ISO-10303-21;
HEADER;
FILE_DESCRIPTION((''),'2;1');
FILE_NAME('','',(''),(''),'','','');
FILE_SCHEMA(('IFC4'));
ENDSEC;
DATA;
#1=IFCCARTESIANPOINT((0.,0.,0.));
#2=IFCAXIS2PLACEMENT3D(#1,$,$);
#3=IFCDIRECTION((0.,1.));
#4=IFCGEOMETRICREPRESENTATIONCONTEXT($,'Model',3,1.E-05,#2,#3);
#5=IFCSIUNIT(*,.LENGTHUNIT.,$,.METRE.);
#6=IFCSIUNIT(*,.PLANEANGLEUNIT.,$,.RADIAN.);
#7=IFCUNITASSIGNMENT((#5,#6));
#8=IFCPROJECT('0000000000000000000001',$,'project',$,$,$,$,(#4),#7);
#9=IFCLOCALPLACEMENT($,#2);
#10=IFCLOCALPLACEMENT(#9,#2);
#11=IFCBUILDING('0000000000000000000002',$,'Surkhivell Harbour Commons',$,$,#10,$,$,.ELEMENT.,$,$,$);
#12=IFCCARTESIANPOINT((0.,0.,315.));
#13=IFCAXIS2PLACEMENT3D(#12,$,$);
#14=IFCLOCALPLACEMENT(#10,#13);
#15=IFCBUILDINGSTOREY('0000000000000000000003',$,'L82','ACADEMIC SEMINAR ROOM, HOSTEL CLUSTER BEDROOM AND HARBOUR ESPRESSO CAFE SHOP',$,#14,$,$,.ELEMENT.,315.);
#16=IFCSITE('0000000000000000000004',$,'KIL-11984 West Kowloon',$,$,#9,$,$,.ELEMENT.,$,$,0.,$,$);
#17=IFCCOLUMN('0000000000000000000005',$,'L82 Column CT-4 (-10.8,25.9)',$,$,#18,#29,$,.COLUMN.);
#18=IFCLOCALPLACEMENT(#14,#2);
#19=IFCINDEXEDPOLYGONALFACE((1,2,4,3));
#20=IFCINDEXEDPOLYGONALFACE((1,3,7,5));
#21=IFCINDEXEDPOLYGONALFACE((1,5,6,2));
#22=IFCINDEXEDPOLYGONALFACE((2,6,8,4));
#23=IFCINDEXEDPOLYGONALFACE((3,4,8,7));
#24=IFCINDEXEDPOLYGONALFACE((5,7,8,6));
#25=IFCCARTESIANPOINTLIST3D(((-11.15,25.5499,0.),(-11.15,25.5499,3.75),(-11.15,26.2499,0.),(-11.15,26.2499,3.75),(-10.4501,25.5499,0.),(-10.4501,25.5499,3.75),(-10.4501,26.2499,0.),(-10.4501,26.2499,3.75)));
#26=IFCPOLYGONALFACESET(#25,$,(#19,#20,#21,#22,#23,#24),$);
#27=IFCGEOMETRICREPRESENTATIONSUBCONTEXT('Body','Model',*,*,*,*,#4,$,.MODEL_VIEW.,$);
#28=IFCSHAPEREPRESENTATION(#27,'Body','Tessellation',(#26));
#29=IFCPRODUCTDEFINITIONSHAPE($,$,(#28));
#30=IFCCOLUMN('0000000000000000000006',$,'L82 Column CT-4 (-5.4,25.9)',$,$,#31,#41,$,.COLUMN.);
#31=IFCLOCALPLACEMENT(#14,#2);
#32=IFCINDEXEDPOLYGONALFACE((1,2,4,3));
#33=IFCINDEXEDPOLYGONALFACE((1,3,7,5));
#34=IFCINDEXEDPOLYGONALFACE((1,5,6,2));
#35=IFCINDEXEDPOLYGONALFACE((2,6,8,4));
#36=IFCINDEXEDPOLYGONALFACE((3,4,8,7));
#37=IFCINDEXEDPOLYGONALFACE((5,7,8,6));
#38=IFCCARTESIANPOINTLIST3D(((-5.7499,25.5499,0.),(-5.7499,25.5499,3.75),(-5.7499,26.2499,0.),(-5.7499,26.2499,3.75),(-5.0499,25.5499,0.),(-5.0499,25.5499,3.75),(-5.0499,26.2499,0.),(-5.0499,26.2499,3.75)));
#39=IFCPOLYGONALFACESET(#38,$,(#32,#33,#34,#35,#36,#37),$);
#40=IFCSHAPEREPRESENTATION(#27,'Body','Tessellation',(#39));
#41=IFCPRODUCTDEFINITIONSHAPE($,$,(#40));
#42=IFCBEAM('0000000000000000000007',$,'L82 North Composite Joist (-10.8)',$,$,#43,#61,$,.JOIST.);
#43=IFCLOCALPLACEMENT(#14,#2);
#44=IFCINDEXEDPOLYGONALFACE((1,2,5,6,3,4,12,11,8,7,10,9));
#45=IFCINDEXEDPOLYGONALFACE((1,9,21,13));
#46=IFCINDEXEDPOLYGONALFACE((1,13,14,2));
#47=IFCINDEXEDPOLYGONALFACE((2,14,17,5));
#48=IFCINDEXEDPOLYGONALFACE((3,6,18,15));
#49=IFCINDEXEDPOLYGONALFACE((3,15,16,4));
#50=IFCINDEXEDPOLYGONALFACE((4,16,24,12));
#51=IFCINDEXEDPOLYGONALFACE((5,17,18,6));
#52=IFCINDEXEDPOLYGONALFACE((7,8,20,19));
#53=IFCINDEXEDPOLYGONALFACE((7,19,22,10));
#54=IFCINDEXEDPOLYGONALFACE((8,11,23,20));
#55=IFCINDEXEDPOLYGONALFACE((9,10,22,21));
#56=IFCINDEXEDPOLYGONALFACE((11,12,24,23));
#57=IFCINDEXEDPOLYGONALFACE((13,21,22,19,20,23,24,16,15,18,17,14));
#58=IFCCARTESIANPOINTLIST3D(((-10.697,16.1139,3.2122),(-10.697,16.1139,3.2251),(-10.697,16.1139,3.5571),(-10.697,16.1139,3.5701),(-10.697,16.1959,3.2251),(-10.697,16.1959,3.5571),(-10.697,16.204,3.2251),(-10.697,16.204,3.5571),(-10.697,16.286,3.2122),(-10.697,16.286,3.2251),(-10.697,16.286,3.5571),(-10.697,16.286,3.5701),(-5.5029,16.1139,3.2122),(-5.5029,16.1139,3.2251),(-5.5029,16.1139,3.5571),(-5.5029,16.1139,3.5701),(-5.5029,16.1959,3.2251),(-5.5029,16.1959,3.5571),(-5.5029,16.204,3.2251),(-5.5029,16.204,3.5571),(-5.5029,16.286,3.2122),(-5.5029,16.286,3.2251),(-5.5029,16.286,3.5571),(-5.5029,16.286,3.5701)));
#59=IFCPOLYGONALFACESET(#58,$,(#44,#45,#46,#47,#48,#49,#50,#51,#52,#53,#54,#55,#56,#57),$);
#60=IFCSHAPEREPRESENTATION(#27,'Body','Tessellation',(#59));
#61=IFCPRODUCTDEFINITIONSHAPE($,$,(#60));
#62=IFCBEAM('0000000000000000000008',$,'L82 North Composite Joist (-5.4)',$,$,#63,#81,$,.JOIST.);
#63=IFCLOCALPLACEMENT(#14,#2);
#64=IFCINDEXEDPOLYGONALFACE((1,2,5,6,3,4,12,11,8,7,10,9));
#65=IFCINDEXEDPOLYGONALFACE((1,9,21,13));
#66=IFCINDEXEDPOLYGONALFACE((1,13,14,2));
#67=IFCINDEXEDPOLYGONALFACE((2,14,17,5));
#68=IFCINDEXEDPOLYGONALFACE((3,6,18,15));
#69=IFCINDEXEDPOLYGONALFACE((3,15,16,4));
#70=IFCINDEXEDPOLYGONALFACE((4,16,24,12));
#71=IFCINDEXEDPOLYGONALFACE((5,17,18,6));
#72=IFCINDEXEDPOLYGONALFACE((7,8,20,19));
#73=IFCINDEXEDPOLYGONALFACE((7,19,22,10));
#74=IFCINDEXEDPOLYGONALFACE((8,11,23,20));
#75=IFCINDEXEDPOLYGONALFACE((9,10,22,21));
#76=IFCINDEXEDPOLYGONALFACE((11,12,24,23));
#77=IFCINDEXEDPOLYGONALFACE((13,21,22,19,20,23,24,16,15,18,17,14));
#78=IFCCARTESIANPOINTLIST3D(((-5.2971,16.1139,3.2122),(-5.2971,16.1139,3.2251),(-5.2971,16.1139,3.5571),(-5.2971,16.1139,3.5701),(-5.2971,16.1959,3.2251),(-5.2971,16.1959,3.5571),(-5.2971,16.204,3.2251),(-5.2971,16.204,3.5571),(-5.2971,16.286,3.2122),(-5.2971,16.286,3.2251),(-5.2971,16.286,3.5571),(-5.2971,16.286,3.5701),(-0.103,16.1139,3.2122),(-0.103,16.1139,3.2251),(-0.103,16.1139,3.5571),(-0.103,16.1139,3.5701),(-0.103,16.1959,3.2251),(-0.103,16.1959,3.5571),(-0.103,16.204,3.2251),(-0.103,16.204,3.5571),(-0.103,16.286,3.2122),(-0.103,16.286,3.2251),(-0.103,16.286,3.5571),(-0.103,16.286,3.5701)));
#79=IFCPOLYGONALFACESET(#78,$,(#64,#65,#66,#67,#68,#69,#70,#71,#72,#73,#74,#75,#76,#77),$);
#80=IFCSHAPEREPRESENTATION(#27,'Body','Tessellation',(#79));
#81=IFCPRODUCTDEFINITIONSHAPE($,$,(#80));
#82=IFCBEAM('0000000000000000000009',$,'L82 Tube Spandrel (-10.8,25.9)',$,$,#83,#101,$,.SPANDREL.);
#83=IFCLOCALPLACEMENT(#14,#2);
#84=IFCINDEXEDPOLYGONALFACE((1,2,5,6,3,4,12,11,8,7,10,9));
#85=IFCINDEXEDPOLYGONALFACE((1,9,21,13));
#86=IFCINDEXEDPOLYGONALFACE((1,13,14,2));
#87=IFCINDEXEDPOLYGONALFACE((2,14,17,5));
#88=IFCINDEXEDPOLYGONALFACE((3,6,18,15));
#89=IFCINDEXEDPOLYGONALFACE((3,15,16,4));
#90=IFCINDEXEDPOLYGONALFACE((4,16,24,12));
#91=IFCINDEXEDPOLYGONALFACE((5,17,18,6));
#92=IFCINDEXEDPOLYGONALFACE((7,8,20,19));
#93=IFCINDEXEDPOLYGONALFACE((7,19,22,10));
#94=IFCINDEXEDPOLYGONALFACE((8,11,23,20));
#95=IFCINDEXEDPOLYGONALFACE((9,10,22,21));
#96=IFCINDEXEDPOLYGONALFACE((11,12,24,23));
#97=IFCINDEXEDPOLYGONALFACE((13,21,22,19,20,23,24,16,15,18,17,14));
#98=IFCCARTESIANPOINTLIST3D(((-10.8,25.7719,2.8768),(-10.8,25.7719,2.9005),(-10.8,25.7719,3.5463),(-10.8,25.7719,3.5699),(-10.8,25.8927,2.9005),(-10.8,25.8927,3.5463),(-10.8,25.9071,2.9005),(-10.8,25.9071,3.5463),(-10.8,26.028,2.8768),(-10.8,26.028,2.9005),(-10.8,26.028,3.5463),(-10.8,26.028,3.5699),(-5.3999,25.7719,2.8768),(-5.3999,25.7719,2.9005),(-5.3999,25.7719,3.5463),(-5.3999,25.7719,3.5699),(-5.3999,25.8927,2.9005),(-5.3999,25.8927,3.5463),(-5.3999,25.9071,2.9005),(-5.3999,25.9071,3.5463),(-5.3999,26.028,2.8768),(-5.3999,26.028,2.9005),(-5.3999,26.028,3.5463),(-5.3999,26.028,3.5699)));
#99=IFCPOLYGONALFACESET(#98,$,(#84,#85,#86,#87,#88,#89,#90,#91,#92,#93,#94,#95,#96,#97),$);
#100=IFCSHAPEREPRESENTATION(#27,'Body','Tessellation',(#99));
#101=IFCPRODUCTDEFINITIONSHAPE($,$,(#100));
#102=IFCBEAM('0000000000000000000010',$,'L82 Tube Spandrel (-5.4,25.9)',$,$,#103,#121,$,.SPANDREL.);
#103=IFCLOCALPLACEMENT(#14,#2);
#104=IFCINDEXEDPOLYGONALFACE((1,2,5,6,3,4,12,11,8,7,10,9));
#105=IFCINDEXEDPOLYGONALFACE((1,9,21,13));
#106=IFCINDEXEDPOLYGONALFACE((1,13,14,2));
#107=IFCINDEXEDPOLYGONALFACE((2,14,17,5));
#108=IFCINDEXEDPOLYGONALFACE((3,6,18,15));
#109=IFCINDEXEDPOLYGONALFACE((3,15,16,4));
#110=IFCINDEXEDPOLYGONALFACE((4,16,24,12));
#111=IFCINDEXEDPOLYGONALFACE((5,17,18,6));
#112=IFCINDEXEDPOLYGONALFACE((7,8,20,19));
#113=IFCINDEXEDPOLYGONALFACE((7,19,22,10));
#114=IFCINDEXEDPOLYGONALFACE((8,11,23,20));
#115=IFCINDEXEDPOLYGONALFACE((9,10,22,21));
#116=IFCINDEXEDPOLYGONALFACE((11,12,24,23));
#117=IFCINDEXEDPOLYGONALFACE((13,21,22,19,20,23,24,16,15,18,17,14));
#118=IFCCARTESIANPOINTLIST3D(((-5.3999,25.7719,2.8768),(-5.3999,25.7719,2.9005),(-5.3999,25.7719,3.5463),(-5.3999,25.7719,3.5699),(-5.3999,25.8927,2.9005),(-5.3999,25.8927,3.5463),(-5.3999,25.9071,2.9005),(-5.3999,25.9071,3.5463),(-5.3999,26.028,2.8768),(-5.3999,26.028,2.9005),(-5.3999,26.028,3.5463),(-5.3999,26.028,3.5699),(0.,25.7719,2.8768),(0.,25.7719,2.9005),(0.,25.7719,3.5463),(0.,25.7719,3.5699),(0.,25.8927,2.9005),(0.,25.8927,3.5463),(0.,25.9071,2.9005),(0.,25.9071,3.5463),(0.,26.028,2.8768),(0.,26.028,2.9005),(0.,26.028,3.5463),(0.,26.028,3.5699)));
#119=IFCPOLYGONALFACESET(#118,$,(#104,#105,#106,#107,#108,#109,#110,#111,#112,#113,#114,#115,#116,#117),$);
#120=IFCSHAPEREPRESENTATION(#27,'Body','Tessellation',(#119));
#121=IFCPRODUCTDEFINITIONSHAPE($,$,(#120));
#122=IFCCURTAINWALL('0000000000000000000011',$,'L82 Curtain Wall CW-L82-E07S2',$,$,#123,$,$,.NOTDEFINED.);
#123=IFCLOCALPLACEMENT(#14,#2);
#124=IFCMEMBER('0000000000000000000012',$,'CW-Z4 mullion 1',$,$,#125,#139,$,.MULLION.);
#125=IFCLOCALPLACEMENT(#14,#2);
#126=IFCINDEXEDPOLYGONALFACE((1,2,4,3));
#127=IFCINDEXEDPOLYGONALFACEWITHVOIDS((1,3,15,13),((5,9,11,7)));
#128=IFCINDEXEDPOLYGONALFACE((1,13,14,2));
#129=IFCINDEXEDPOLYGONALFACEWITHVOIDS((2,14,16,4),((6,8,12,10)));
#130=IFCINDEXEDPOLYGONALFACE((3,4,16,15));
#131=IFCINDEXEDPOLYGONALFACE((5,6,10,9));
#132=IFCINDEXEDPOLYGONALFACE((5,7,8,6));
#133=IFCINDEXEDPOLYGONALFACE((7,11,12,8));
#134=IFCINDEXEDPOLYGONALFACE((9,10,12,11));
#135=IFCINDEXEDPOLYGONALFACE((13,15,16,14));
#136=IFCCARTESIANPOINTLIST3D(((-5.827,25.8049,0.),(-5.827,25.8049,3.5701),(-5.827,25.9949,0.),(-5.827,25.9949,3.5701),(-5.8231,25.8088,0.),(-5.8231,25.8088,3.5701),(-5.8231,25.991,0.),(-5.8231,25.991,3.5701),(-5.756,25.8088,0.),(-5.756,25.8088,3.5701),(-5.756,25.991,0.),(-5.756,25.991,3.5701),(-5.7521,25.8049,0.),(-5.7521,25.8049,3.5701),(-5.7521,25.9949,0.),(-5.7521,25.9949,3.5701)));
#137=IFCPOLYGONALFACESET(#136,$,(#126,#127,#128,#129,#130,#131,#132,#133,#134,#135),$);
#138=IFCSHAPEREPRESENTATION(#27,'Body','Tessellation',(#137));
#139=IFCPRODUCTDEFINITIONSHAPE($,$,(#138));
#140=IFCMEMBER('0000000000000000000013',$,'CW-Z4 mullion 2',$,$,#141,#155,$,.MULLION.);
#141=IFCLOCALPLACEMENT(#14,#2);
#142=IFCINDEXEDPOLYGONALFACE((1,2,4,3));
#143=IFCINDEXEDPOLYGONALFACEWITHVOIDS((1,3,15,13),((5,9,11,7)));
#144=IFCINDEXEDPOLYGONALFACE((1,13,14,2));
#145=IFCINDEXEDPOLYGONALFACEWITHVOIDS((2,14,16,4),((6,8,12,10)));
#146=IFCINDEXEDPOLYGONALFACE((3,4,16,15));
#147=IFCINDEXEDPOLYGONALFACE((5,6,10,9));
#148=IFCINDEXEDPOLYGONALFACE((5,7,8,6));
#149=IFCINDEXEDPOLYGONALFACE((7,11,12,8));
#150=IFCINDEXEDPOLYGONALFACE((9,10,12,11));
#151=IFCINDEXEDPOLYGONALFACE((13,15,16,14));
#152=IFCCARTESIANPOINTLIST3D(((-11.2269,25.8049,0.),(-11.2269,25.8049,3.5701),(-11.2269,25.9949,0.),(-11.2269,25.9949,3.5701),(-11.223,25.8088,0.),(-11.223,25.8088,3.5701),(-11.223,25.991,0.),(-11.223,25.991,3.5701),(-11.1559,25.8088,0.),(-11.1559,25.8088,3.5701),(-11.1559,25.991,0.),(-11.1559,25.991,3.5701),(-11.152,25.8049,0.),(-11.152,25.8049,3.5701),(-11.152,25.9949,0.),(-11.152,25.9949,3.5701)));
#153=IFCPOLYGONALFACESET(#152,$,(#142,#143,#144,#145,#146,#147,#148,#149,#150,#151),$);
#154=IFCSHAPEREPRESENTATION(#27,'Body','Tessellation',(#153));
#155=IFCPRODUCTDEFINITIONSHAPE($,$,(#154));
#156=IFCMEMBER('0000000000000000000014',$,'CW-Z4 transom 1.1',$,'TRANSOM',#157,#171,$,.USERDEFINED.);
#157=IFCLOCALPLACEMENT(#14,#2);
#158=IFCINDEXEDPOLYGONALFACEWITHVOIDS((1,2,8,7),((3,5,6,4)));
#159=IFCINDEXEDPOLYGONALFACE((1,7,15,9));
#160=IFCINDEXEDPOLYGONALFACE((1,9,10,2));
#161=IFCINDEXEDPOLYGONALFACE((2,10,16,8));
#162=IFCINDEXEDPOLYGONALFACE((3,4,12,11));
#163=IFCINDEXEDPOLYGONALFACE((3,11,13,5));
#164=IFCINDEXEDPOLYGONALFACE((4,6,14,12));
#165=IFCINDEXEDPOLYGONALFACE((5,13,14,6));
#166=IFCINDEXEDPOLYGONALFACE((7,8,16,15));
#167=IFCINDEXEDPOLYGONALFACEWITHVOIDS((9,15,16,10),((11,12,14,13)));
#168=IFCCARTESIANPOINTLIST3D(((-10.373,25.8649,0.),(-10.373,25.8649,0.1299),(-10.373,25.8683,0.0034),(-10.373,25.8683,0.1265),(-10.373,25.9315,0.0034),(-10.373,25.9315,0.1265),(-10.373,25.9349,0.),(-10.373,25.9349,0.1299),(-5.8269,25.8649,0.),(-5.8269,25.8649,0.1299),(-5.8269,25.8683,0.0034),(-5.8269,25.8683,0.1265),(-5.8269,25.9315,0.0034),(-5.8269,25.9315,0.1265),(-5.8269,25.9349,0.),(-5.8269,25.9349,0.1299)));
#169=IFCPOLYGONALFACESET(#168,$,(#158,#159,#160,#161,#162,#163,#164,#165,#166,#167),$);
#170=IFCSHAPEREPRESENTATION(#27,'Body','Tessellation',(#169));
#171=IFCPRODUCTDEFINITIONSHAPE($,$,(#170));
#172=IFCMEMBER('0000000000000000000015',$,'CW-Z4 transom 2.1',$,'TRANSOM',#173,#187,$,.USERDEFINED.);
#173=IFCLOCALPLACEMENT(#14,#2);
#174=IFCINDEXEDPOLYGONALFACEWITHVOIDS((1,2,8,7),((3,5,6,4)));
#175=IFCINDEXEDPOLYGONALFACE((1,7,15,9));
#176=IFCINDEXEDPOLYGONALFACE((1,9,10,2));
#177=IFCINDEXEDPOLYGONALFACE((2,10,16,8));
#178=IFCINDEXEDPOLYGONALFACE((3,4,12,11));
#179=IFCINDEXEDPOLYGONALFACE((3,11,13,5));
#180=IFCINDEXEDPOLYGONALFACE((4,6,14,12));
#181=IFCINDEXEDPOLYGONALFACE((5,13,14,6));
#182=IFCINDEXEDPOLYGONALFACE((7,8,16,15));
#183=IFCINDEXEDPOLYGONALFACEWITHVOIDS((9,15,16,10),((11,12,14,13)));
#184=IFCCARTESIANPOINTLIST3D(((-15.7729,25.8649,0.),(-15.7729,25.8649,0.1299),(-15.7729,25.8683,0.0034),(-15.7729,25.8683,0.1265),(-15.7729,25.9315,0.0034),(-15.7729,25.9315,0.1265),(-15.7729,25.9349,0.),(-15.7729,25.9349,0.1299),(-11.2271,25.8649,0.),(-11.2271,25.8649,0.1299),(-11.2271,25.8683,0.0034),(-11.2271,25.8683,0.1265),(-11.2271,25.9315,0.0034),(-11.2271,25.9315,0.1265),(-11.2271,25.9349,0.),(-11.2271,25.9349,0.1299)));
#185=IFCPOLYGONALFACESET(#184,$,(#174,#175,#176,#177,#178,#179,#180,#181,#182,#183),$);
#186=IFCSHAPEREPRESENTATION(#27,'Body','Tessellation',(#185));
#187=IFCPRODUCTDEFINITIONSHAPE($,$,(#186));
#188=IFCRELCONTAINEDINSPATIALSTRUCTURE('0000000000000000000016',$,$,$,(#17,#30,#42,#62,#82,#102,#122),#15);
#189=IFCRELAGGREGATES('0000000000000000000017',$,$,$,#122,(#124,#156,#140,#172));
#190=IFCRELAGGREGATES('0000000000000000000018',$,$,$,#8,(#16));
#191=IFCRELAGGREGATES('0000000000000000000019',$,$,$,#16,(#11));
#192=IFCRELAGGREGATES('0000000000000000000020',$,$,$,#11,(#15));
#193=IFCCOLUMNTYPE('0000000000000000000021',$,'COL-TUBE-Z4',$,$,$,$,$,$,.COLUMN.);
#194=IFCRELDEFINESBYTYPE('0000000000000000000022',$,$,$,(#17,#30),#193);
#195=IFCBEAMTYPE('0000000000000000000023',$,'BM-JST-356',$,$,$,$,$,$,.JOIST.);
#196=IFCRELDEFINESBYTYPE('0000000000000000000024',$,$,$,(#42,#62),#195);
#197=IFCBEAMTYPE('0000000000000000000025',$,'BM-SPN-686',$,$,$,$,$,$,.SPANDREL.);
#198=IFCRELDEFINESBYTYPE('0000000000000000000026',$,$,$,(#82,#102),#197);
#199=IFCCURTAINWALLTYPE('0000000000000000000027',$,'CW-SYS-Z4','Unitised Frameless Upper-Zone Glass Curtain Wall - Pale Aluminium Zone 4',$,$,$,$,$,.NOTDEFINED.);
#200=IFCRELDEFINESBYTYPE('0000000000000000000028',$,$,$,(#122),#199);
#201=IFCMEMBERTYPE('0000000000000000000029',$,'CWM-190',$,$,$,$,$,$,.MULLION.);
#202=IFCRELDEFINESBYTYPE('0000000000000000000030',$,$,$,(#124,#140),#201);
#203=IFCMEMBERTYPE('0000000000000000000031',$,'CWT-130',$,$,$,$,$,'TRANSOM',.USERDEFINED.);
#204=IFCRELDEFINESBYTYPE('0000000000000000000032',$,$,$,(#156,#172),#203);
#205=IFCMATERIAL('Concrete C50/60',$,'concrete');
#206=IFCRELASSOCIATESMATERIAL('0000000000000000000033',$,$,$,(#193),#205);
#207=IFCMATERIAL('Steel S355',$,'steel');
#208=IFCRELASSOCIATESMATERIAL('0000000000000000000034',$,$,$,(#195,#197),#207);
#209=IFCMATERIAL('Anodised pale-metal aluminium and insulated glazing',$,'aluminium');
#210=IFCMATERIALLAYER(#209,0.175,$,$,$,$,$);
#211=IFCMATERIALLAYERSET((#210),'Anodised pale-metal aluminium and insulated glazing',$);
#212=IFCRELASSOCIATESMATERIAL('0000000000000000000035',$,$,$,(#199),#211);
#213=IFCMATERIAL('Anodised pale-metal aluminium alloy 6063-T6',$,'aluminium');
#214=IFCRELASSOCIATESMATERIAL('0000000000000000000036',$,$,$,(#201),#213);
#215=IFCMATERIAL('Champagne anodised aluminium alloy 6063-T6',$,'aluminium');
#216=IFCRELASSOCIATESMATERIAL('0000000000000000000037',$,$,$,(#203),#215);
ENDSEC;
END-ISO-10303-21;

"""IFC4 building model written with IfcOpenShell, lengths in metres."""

from ifc_helpers import new_model, si_unit, direction, frame, origin, origin_2d, place, context, subcontext, project, spatial, rectangle, hollow_rectangle, i_section, extrude, material, layer, layer_set, material_profile, profile_set, type_object, element, aggregate, save


model = new_model("IFC4")

# Units and contexts
model_context = context("Model", 3, precision=1e-05, world=origin(), true_north=direction((0.0, 1.0)))
body_context = subcontext(model_context, "Body", "Model", "MODEL_VIEW")
ifc_project = project(units=[si_unit("LENGTHUNIT", "METRE"), si_unit("PLANEANGLEUNIT", "RADIAN")], contexts=[model_context])

# Site, building, storey
site_placement = place(None, origin())
site = spatial("IfcSite", under=ifc_project, at=site_placement, Name="KIL-11984 West Kowloon", CompositionType="ELEMENT", RefElevation=0.0)
building_placement = place(site_placement, origin())
building = spatial("IfcBuilding", under=site, at=building_placement, Name="Surkhivell Harbour Commons", CompositionType="ELEMENT")
storey_placement = place(building_placement, frame((0.0, 0.0, 315.0)))
storey = spatial("IfcBuildingStorey", under=building, at=storey_placement, Name="L82", Description="ACADEMIC SEMINAR ROOM, HOSTEL CLUSTER BEDROOM AND HARBOUR ESPRESSO CAFE SHOP", CompositionType="ELEMENT", Elevation=315.0)

# Columns
ifc_material_1 = material(Name="Concrete C50/60", Category="concrete")
ifc_material_profile_1 = material_profile(ifc_material_1, rectangle(XDim=0.7, YDim=0.7, at=origin_2d()), Name="RC-COL-700x700")
ifc_profile_set_1 = profile_set([ifc_material_profile_1], Name="Concrete C50/60")
column_type = type_object("IfcColumnType", Name="COL-TUBE-Z4", PredefinedType="COLUMN", material=ifc_profile_set_1)
for number, where, z_axis, x_axis, name in (
    (1, (-10.8, 25.8999, 0.0), (0.0, 0.0, 1.0), (1.0, 0.0, 0.0), "L82 Column CT-4 (-10.8,25.9)"),
    (2, (-5.3999, 25.8999, 0.0), (0.0, 0.0, 1.0), (1.0, 0.0, 0.0), "L82 Column CT-4 (-5.4,25.9)"),
):
    element("IfcColumn", number, at=place(storey_placement, frame(where, z_axis=z_axis, x_axis=x_axis)), inside=storey, type_object=column_type, Name=name, PredefinedType="COLUMN", context=body_context, shape_type="SweptSolid", body=[
        extrude(rectangle(XDim=0.7, YDim=0.7, at=origin_2d()), origin(), (0.0, 0.0, 1.0), 3.75),
    ])

# Beams
ifc_material_2 = material(Name="Steel S355", Category="steel")
ifc_material_profile_2 = material_profile(ifc_material_2, i_section(OverallWidth=0.1721, OverallDepth=0.3579, WebThickness=0.0081, FlangeThickness=0.0129, at=origin_2d()), Name="UB356x171x57")
ifc_profile_set_2 = profile_set([ifc_material_profile_2], Name="Steel S355")
beam_type_1 = type_object("IfcBeamType", Name="BM-JST-356", PredefinedType="JOIST", material=ifc_profile_set_2)
for number, where, z_axis, x_axis, name in (
    (3, (-10.697, 16.2, 3.3911), (1.0, 0.0, 0.0), (0.0, 1.0, 0.0), "L82 North Composite Joist (-10.8)"),
    (4, (-5.2971, 16.2, 3.3911), (1.0, 0.0, 0.0), (0.0, 1.0, 0.0), "L82 North Composite Joist (-5.4)"),
):
    element("IfcBeam", number, at=place(storey_placement, frame(where, z_axis=z_axis, x_axis=x_axis)), inside=storey, type_object=beam_type_1, Name=name, PredefinedType="JOIST", context=body_context, shape_type="SweptSolid", body=[
        extrude(i_section(OverallWidth=0.1721, OverallDepth=0.3579, WebThickness=0.0081, FlangeThickness=0.0129, at=origin_2d()), origin(), (0.0, 0.0, 1.0), 5.1941),
    ])
ifc_material_profile_3 = material_profile(ifc_material_2, i_section(OverallWidth=0.2561, OverallDepth=0.6931, WebThickness=0.0144, FlangeThickness=0.0237, at=origin_2d()), Name="UB686x254x170")
ifc_profile_set_3 = profile_set([ifc_material_profile_3], Name="Steel S355")
beam_type_2 = type_object("IfcBeamType", Name="BM-SPN-686", PredefinedType="SPANDREL", material=ifc_profile_set_3)
beam_1_placement = place(storey_placement, frame((-10.8, 25.8999, 3.2234), z_axis=(1.0, 0.0, 0.0), x_axis=(0.0, 1.0, 0.0)))
element("IfcBeam", 5, at=beam_1_placement, inside=storey, type_object=beam_type_2, Name="L82 Tube Spandrel (-10.8,25.9)", PredefinedType="SPANDREL", context=body_context, shape_type="SweptSolid", body=[
    extrude(i_section(OverallWidth=0.2561, OverallDepth=0.6931, WebThickness=0.0144, FlangeThickness=0.0237, at=origin_2d()), origin(), (0.0, 0.0, 1.0), 5.4001),
])
beam_2_placement = place(storey_placement, frame((-5.3999, 25.8999, 3.2234), z_axis=(1.0, 0.0, 0.0), x_axis=(0.0, 1.0, 0.0)))
element("IfcBeam", 6, at=beam_2_placement, inside=storey, type_object=beam_type_2, Name="L82 Tube Spandrel (-5.4,25.9)", PredefinedType="SPANDREL", context=body_context, shape_type="SweptSolid", body=[
    extrude(i_section(OverallWidth=0.2561, OverallDepth=0.6931, WebThickness=0.0144, FlangeThickness=0.0237, at=origin_2d()), origin(), (0.0, 0.0, 1.0), 5.3999),
])

# Curtain wall, members
ifc_material_3 = material(Name="Anodised pale-metal aluminium and insulated glazing", Category="aluminium")
ifc_layer_1 = layer(ifc_material_3, 0.175)
ifc_layer_set_1 = layer_set([ifc_layer_1], Name="Anodised pale-metal aluminium and insulated glazing")
curtain_wall_type = type_object("IfcCurtainWallType", Name="CW-SYS-Z4", Description="Unitised Frameless Upper-Zone Glass Curtain Wall - Pale Aluminium Zone 4", PredefinedType="NOTDEFINED", material=ifc_layer_set_1)
curtain_wall_placement = place(storey_placement, origin())
curtain_wall = element("IfcCurtainWall", 7, at=curtain_wall_placement, inside=storey, type_object=curtain_wall_type, Name="L82 Curtain Wall CW-L82-E07S2", PredefinedType="NOTDEFINED")
ifc_material_4 = material(Name="Anodised pale-metal aluminium alloy 6063-T6", Category="aluminium")
ifc_material_profile_4 = material_profile(ifc_material_4, hollow_rectangle(XDim=0.075, YDim=0.1899, WallThickness=0.0039, at=origin_2d()), Name="ALU-MULL-75x190")
ifc_profile_set_4 = profile_set([ifc_material_profile_4], Name="Anodised pale-metal aluminium alloy 6063-T6")
member_type_1 = type_object("IfcMemberType", Name="CWM-190", PredefinedType="MULLION", material=ifc_profile_set_4)
member_1_placement = place(storey_placement, frame((-5.7896, 25.8999, 0.0), z_axis=(0.0, 0.0, 1.0), x_axis=(-1.0, 0.0, 0.0)))
member_1 = element("IfcMember", 8, at=member_1_placement, type_object=member_type_1, Name="CW-Z4 mullion 1", PredefinedType="MULLION", context=body_context, shape_type="SweptSolid", body=[
    extrude(hollow_rectangle(XDim=0.075, YDim=0.1899, WallThickness=0.0039, at=origin_2d()), origin(), (0.0, 0.0, 1.0), 3.5701),
])
member_2_placement = place(storey_placement, frame((-11.1895, 25.8999, 0.0), z_axis=(0.0, 0.0, 1.0), x_axis=(-1.0, 0.0, 0.0)))
member_2 = element("IfcMember", 9, at=member_2_placement, type_object=member_type_1, Name="CW-Z4 mullion 2", PredefinedType="MULLION", context=body_context, shape_type="SweptSolid", body=[
    extrude(hollow_rectangle(XDim=0.075, YDim=0.1899, WallThickness=0.0039, at=origin_2d()), origin(), (0.0, 0.0, 1.0), 3.5701),
])
ifc_material_5 = material(Name="Champagne anodised aluminium alloy 6063-T6", Category="aluminium")
ifc_material_profile_5 = material_profile(ifc_material_5, hollow_rectangle(XDim=0.0701, YDim=0.1299, WallThickness=0.0034, at=origin_2d()), Name="ALU-TRAN-70x130")
ifc_profile_set_5 = profile_set([ifc_material_profile_5], Name="Champagne anodised aluminium alloy 6063-T6")
member_type_2 = type_object("IfcMemberType", Name="CWT-130", ElementType="TRANSOM", PredefinedType="USERDEFINED", material=ifc_profile_set_5)
member_3_placement = place(storey_placement, frame((-5.8269, 25.8999, 0.0649), z_axis=(-1.0, 0.0, 0.0), x_axis=(0.0, -1.0, 0.0)))
member_3 = element("IfcMember", 10, at=member_3_placement, type_object=member_type_2, Name="CW-Z4 transom 1.1", ObjectType="TRANSOM", PredefinedType="USERDEFINED", context=body_context, shape_type="SweptSolid", body=[
    extrude(hollow_rectangle(XDim=0.0701, YDim=0.1299, WallThickness=0.0034, at=origin_2d()), origin(), (0.0, 0.0, 1.0), 4.5461),
])
member_4_placement = place(storey_placement, frame((-11.2271, 25.8999, 0.0649), z_axis=(-1.0, 0.0, 0.0), x_axis=(0.0, -1.0, 0.0)))
member_4 = element("IfcMember", 11, at=member_4_placement, type_object=member_type_2, Name="CW-Z4 transom 2.1", ObjectType="TRANSOM", PredefinedType="USERDEFINED", context=body_context, shape_type="SweptSolid", body=[
    extrude(hollow_rectangle(XDim=0.0701, YDim=0.1299, WallThickness=0.0034, at=origin_2d()), origin(), (0.0, 0.0, 1.0), 4.5459),
])

aggregate(curtain_wall, [member_1, member_3, member_2, member_4])

save(model, "model.ifc")
